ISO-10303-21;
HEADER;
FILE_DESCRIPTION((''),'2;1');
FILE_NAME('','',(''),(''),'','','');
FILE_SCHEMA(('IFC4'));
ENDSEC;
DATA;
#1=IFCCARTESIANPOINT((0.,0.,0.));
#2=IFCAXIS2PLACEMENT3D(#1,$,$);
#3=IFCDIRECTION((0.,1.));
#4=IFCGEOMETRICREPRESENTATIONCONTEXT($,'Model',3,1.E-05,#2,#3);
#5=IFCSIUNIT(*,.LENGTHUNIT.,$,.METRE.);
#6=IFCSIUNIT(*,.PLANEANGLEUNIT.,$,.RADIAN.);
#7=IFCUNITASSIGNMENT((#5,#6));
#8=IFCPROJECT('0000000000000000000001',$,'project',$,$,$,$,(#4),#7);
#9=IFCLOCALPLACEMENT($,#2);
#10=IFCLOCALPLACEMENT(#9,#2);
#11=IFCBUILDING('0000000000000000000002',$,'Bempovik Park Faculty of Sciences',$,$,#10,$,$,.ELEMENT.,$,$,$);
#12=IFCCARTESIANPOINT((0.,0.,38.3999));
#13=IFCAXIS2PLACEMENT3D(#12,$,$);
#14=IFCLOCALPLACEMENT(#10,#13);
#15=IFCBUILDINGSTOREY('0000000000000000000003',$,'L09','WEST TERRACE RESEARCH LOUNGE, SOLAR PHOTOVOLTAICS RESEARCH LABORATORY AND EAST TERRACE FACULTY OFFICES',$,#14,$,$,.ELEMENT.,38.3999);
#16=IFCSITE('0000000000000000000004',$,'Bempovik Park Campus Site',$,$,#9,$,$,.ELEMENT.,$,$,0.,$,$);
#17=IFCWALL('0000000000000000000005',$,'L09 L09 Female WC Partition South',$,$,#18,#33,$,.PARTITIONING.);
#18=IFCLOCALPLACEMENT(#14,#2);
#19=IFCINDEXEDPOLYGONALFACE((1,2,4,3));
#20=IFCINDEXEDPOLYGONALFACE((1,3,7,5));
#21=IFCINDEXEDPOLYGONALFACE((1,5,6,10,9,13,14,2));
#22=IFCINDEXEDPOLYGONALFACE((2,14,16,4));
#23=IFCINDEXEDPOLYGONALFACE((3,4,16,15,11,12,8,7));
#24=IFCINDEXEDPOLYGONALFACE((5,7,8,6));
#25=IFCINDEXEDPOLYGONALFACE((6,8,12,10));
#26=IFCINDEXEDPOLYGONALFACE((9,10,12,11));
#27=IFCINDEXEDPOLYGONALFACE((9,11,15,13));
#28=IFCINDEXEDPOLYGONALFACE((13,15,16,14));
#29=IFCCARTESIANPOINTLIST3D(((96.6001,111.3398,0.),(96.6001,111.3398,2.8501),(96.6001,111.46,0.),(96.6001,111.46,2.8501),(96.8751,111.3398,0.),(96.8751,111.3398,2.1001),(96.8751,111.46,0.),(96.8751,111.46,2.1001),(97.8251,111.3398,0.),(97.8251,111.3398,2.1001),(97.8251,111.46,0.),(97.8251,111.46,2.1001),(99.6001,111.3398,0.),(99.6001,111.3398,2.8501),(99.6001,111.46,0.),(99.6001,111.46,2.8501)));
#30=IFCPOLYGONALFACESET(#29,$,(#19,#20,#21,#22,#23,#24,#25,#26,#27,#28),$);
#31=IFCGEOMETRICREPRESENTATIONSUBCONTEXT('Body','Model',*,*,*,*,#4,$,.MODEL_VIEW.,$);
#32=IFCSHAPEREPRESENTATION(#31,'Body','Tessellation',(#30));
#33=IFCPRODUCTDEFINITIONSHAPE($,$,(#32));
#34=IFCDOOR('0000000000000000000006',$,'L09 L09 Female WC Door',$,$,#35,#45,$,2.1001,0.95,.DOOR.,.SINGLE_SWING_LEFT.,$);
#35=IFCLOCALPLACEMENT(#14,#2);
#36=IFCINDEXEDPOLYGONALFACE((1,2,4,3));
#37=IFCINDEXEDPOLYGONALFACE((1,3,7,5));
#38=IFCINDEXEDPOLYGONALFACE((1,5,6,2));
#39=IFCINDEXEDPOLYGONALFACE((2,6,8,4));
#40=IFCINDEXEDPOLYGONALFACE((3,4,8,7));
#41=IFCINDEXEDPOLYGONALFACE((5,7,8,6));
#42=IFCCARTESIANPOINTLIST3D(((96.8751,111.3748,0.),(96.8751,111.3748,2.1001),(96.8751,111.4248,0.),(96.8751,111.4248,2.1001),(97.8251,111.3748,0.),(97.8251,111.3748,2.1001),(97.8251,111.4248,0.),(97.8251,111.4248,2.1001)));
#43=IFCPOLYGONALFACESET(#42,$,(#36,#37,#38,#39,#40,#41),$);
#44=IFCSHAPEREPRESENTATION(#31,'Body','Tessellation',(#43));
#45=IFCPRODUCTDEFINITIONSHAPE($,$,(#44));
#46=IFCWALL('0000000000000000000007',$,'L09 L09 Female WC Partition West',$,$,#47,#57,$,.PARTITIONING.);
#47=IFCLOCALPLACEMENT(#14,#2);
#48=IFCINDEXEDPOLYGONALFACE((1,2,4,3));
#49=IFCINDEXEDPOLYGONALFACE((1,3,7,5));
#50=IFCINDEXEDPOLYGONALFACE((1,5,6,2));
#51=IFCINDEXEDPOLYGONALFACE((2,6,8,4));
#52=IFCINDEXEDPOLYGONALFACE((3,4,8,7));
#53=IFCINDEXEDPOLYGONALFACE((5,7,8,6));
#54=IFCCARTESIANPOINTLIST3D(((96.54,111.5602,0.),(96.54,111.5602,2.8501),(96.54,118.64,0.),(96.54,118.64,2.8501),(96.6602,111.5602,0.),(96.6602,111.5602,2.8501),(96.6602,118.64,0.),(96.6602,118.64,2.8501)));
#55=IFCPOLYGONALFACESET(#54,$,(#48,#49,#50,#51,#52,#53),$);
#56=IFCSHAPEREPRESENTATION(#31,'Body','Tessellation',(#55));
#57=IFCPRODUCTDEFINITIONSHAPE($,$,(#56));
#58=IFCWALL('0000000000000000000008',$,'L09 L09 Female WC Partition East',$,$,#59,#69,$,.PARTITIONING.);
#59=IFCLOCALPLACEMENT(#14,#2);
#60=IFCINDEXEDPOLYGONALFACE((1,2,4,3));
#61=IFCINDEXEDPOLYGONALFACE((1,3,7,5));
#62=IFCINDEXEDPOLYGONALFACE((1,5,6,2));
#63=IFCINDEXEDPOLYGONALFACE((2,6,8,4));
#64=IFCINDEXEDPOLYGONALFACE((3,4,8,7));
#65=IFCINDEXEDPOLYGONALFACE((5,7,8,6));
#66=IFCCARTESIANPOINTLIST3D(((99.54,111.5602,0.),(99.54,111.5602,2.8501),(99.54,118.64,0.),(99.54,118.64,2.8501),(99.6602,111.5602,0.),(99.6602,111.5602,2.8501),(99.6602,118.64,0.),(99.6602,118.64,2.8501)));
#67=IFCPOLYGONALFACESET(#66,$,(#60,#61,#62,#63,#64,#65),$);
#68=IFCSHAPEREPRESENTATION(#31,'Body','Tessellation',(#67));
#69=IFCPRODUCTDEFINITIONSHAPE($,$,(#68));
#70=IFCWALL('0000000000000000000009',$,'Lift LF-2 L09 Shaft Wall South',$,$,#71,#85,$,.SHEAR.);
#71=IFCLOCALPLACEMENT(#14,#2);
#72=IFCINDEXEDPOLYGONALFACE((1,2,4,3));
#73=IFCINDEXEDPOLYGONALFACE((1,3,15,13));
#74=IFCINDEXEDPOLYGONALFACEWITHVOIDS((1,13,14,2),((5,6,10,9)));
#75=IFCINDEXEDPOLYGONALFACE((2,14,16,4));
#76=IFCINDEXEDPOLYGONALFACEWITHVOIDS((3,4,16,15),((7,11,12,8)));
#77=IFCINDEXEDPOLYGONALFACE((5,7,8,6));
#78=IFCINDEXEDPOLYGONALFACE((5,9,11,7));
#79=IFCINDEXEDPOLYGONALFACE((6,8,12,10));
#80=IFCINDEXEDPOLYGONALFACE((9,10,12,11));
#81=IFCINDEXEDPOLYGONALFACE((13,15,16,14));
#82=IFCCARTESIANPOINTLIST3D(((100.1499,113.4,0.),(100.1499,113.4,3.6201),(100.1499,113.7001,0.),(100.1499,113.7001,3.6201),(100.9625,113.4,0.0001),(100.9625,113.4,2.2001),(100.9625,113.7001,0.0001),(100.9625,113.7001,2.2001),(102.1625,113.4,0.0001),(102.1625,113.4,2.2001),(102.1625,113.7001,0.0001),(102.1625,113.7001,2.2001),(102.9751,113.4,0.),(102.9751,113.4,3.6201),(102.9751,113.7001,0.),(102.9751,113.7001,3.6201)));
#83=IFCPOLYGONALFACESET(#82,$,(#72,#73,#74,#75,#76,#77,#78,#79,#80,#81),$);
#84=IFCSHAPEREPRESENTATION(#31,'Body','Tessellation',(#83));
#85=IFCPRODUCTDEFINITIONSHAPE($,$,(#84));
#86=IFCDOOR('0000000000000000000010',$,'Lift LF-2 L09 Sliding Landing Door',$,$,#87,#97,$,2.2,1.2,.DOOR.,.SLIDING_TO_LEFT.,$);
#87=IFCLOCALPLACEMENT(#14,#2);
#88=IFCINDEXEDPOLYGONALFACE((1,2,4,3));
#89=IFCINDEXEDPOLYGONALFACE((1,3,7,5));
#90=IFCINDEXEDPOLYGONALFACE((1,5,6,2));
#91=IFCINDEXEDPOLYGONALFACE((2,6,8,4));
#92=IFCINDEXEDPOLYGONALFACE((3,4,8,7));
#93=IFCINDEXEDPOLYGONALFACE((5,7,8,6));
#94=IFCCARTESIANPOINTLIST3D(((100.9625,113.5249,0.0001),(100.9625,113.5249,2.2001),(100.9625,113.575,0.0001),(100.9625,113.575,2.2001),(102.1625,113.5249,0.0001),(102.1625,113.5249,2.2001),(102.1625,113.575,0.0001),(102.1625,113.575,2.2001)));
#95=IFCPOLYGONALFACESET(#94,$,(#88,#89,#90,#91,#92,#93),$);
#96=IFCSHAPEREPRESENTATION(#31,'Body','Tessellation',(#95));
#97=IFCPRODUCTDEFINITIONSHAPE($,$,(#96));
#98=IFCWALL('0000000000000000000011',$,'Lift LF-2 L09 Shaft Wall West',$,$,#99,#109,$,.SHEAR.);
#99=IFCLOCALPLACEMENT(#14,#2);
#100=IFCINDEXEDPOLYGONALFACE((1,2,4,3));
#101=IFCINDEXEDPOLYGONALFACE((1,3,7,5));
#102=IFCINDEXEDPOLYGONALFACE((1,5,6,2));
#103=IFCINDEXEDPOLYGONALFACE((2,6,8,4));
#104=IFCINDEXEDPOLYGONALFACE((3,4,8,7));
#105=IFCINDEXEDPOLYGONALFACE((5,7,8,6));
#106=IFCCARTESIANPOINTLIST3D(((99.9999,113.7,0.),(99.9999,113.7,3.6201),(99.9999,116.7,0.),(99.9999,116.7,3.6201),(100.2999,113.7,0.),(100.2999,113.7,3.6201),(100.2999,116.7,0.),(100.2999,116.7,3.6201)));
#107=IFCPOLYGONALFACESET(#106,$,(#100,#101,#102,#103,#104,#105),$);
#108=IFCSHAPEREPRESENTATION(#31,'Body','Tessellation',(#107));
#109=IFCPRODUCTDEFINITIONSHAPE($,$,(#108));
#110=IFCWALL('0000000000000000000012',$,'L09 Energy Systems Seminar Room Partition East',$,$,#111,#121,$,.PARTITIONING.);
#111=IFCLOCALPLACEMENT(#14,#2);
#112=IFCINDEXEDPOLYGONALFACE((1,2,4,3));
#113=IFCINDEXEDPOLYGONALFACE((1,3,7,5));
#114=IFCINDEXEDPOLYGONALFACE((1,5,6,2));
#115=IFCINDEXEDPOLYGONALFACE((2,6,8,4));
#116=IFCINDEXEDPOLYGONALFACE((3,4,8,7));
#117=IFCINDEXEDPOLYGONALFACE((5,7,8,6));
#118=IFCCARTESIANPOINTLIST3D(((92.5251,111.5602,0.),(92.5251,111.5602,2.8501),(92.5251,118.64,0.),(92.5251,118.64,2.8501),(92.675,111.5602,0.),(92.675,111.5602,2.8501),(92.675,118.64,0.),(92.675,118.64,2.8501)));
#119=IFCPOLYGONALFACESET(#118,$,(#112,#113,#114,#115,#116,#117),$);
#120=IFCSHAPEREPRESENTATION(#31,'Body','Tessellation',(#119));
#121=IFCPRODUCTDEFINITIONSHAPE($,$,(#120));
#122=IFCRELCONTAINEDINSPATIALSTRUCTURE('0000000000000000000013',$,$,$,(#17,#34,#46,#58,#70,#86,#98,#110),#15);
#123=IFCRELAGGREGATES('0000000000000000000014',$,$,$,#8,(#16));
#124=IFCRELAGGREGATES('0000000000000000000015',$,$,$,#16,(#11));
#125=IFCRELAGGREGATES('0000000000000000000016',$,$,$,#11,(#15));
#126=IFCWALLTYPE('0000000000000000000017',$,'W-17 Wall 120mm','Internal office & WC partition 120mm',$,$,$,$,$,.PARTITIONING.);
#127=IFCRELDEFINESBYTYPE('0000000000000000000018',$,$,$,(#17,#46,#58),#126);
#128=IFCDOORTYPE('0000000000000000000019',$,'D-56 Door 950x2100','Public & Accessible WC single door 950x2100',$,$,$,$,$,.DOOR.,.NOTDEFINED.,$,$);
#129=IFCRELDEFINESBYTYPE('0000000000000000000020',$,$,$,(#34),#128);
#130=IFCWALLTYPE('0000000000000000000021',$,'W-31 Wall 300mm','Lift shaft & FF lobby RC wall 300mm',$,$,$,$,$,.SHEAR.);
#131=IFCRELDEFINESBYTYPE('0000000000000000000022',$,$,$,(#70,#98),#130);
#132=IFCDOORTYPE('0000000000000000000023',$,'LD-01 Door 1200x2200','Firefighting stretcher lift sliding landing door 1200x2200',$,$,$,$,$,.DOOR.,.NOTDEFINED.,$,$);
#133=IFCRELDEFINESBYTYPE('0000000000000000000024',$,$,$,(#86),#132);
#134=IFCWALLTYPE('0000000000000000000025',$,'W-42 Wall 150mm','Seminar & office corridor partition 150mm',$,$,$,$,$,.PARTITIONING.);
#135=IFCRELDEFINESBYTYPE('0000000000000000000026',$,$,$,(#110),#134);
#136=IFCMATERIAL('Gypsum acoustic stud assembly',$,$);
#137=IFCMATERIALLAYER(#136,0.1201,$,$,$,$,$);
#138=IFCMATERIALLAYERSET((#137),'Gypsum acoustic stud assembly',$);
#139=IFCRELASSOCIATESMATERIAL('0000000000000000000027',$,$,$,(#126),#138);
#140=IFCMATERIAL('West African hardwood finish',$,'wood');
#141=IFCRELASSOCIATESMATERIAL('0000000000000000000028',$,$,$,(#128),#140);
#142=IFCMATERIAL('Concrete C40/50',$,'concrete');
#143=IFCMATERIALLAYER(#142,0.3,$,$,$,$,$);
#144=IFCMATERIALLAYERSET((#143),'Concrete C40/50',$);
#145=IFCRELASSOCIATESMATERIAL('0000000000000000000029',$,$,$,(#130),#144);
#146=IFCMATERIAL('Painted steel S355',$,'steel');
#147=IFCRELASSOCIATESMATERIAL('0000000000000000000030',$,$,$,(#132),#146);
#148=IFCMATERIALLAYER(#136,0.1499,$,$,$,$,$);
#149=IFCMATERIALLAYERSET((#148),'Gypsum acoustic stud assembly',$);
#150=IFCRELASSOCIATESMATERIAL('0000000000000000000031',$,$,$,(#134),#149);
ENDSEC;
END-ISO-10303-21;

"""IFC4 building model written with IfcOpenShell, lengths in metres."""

from ifc_helpers import new_model, si_unit, direction, frame, frame_2d, origin, place, context, subcontext, project, spatial, rectangle, extrude, material, layer, layer_set, type_object, element, fill, save


model = new_model("IFC4")

# Units and contexts
model_context = context("Model", 3, precision=1e-05, world=origin(), true_north=direction((0.0, 1.0)))
body_context = subcontext(model_context, "Body", "Model", "MODEL_VIEW")
ifc_project = project(units=[si_unit("LENGTHUNIT", "METRE"), si_unit("PLANEANGLEUNIT", "RADIAN")], contexts=[model_context])

# Site, building, storey
site_placement = place(None, origin())
site = spatial("IfcSite", under=ifc_project, at=site_placement, Name="Bempovik Park Campus Site", CompositionType="ELEMENT", RefElevation=0.0)
building_placement = place(site_placement, origin())
building = spatial("IfcBuilding", under=site, at=building_placement, Name="Bempovik Park Faculty of Sciences", CompositionType="ELEMENT")
storey_placement = place(building_placement, frame((0.0, 0.0, 38.3999)))
storey = spatial("IfcBuildingStorey", under=building, at=storey_placement, Name="L09", Description="WEST TERRACE RESEARCH LOUNGE, SOLAR PHOTOVOLTAICS RESEARCH LABORATORY AND EAST TERRACE FACULTY OFFICES", CompositionType="ELEMENT", Elevation=38.3999)

# Shared definitions
ifc_material_1 = material(Name="Concrete C40/50", Category="concrete")

# Shared definitions
ifc_material_2 = material(Name="Gypsum acoustic stud assembly")
ifc_layer_1 = layer(ifc_material_2, 0.1201)
ifc_layer_set_1 = layer_set([ifc_layer_1], Name="Gypsum acoustic stud assembly")
wall_type_1 = type_object("IfcWallType", Name="W-17 Wall 120mm", Description="Internal office & WC partition 120mm", PredefinedType="PARTITIONING", material=ifc_layer_set_1)
ifc_material_3 = material(Name="West African hardwood finish", Category="wood")
door_type_1 = type_object("IfcDoorType", Name="D-56 Door 950x2100", Description="Public & Accessible WC single door 950x2100", OperationType="NOTDEFINED", PredefinedType="DOOR", material=ifc_material_3)

# Wall, opening, door
wall_1_placement = place(storey_placement, frame((96.6001, 111.3999, 0.0), z_axis=(0.0, 0.0, 1.0), x_axis=(1.0, 0.0, 0.0)))
wall_1 = element("IfcWall", 1, at=wall_1_placement, inside=storey, type_object=wall_type_1, Name="L09 L09 Female WC Partition South", PredefinedType="PARTITIONING", context=body_context, shape_type="SweptSolid", body=[
    extrude(rectangle(XDim=3.0, YDim=0.1201, at=frame_2d((1.5, 0.0))), origin(), (0.0, 0.0, 1.0), 2.8501),
])
opening_1_placement = place(wall_1_placement, frame((0.2749, 0.0, 0.0)))
opening_1 = element("IfcOpeningElement", 2, at=opening_1_placement, cuts=wall_1, PredefinedType="OPENING", context=body_context, shape_type="SweptSolid", body=[
    extrude(rectangle(XDim=0.95, YDim=2.1001, at=frame_2d((0.4751, 1.05))), frame((0.0, 0.0701, 0.0), z_axis=(0.0, -1.0, 0.0), x_axis=(1.0, 0.0, 0.0)), (0.0, 0.0, 1.0), 0.1401),
])
door_1_placement = place(opening_1_placement, origin())
door_1 = element("IfcDoor", 3, at=door_1_placement, inside=storey, type_object=door_type_1, Name="L09 L09 Female WC Door", OperationType="SINGLE_SWING_LEFT", OverallHeight=2.1001, OverallWidth=0.95, PredefinedType="DOOR", context=body_context, shape_type="SweptSolid", body=[
    extrude(rectangle(XDim=0.95, YDim=2.1001, at=frame_2d((0.4751, 1.05))), frame((0.0, 0.0249, 0.0), z_axis=(0.0, -1.0, 0.0), x_axis=(1.0, 0.0, 0.0)), (0.0, 0.0, 1.0), 0.05),
])
fill(opening_1, door_1)

# Walls
for number, where, z_axis, x_axis, name in (
    (4, (96.6001, 111.5601, 0.0), (0.0, 0.0, 1.0), (0.0, 1.0, 0.0), "L09 L09 Female WC Partition West"),
    (5, (99.6001, 111.5601, 0.0), (0.0, 0.0, 1.0), (0.0, 1.0, 0.0), "L09 L09 Female WC Partition East"),
):
    element("IfcWall", number, at=place(storey_placement, frame(where, z_axis=z_axis, x_axis=x_axis)), inside=storey, type_object=wall_type_1, Name=name, PredefinedType="PARTITIONING", context=body_context, shape_type="SweptSolid", body=[
        extrude(rectangle(XDim=7.0798, YDim=0.1201, at=frame_2d((3.54, 0.0))), origin(), (0.0, 0.0, 1.0), 2.8501),
    ])

# Wall, opening, door
ifc_layer_2 = layer(ifc_material_1, 0.3)
ifc_layer_set_2 = layer_set([ifc_layer_2], Name="Concrete C40/50")
wall_type_2 = type_object("IfcWallType", Name="W-31 Wall 300mm", Description="Lift shaft & FF lobby RC wall 300mm", PredefinedType="SHEAR", material=ifc_layer_set_2)
wall_2_placement = place(storey_placement, frame((100.1499, 113.55, 0.0), z_axis=(0.0, 0.0, 1.0), x_axis=(1.0, 0.0, 0.0)))
wall_2 = element("IfcWall", 6, at=wall_2_placement, inside=storey, type_object=wall_type_2, Name="Lift LF-2 L09 Shaft Wall South", PredefinedType="SHEAR", context=body_context, shape_type="SweptSolid", body=[
    extrude(rectangle(XDim=2.8252, YDim=0.3, at=frame_2d((1.4126, 0.0))), origin(), (0.0, 0.0, 1.0), 3.6201),
])
opening_2_placement = place(wall_2_placement, frame((0.8125, 0.0, 0.0)))
opening_2 = element("IfcOpeningElement", 7, at=opening_2_placement, cuts=wall_2, PredefinedType="OPENING", context=body_context, shape_type="SweptSolid", body=[
    extrude(rectangle(XDim=1.2, YDim=2.2, at=frame_2d((0.6001, 1.1001))), frame((0.0, 0.1602, 0.0), z_axis=(0.0, -1.0, 0.0), x_axis=(1.0, 0.0, 0.0)), (0.0, 0.0, 1.0), 0.3201),
])
ifc_material_4 = material(Name="Painted steel S355", Category="steel")
door_type_2 = type_object("IfcDoorType", Name="LD-01 Door 1200x2200", Description="Firefighting stretcher lift sliding landing door 1200x2200", OperationType="NOTDEFINED", PredefinedType="DOOR", material=ifc_material_4)
door_2_placement = place(opening_2_placement, origin())
door_2 = element("IfcDoor", 8, at=door_2_placement, inside=storey, type_object=door_type_2, Name="Lift LF-2 L09 Sliding Landing Door", OperationType="SLIDING_TO_LEFT", OverallHeight=2.2, OverallWidth=1.2, PredefinedType="DOOR", context=body_context, shape_type="SweptSolid", body=[
    extrude(rectangle(XDim=1.2, YDim=2.2, at=frame_2d((0.6001, 1.1001))), frame((0.0, 0.0249, 0.0), z_axis=(0.0, -1.0, 0.0), x_axis=(1.0, 0.0, 0.0)), (0.0, 0.0, 1.0), 0.05),
])
fill(opening_2, door_2)

# Walls
wall_3_placement = place(storey_placement, frame((100.1499, 113.7, 0.0), z_axis=(0.0, 0.0, 1.0), x_axis=(0.0, 1.0, 0.0)))
element("IfcWall", 9, at=wall_3_placement, inside=storey, type_object=wall_type_2, Name="Lift LF-2 L09 Shaft Wall West", PredefinedType="SHEAR", context=body_context, shape_type="SweptSolid", body=[
    extrude(rectangle(XDim=3.0, YDim=0.3, at=frame_2d((1.5, 0.0))), origin(), (0.0, 0.0, 1.0), 3.6201),
])
ifc_layer_3 = layer(ifc_material_2, 0.1499)
ifc_layer_set_3 = layer_set([ifc_layer_3], Name="Gypsum acoustic stud assembly")
wall_type_3 = type_object("IfcWallType", Name="W-42 Wall 150mm", Description="Seminar & office corridor partition 150mm", PredefinedType="PARTITIONING", material=ifc_layer_set_3)
wall_4_placement = place(storey_placement, frame((92.6001, 111.5601, 0.0), z_axis=(0.0, 0.0, 1.0), x_axis=(0.0, 1.0, 0.0)))
element("IfcWall", 10, at=wall_4_placement, inside=storey, type_object=wall_type_3, Name="L09 Energy Systems Seminar Room Partition East", PredefinedType="PARTITIONING", context=body_context, shape_type="SweptSolid", body=[
    extrude(rectangle(XDim=7.0798, YDim=0.1499, at=frame_2d((3.54, 0.0))), origin(), (0.0, 0.0, 1.0), 2.8501),
])

save(model, "model.ifc")
